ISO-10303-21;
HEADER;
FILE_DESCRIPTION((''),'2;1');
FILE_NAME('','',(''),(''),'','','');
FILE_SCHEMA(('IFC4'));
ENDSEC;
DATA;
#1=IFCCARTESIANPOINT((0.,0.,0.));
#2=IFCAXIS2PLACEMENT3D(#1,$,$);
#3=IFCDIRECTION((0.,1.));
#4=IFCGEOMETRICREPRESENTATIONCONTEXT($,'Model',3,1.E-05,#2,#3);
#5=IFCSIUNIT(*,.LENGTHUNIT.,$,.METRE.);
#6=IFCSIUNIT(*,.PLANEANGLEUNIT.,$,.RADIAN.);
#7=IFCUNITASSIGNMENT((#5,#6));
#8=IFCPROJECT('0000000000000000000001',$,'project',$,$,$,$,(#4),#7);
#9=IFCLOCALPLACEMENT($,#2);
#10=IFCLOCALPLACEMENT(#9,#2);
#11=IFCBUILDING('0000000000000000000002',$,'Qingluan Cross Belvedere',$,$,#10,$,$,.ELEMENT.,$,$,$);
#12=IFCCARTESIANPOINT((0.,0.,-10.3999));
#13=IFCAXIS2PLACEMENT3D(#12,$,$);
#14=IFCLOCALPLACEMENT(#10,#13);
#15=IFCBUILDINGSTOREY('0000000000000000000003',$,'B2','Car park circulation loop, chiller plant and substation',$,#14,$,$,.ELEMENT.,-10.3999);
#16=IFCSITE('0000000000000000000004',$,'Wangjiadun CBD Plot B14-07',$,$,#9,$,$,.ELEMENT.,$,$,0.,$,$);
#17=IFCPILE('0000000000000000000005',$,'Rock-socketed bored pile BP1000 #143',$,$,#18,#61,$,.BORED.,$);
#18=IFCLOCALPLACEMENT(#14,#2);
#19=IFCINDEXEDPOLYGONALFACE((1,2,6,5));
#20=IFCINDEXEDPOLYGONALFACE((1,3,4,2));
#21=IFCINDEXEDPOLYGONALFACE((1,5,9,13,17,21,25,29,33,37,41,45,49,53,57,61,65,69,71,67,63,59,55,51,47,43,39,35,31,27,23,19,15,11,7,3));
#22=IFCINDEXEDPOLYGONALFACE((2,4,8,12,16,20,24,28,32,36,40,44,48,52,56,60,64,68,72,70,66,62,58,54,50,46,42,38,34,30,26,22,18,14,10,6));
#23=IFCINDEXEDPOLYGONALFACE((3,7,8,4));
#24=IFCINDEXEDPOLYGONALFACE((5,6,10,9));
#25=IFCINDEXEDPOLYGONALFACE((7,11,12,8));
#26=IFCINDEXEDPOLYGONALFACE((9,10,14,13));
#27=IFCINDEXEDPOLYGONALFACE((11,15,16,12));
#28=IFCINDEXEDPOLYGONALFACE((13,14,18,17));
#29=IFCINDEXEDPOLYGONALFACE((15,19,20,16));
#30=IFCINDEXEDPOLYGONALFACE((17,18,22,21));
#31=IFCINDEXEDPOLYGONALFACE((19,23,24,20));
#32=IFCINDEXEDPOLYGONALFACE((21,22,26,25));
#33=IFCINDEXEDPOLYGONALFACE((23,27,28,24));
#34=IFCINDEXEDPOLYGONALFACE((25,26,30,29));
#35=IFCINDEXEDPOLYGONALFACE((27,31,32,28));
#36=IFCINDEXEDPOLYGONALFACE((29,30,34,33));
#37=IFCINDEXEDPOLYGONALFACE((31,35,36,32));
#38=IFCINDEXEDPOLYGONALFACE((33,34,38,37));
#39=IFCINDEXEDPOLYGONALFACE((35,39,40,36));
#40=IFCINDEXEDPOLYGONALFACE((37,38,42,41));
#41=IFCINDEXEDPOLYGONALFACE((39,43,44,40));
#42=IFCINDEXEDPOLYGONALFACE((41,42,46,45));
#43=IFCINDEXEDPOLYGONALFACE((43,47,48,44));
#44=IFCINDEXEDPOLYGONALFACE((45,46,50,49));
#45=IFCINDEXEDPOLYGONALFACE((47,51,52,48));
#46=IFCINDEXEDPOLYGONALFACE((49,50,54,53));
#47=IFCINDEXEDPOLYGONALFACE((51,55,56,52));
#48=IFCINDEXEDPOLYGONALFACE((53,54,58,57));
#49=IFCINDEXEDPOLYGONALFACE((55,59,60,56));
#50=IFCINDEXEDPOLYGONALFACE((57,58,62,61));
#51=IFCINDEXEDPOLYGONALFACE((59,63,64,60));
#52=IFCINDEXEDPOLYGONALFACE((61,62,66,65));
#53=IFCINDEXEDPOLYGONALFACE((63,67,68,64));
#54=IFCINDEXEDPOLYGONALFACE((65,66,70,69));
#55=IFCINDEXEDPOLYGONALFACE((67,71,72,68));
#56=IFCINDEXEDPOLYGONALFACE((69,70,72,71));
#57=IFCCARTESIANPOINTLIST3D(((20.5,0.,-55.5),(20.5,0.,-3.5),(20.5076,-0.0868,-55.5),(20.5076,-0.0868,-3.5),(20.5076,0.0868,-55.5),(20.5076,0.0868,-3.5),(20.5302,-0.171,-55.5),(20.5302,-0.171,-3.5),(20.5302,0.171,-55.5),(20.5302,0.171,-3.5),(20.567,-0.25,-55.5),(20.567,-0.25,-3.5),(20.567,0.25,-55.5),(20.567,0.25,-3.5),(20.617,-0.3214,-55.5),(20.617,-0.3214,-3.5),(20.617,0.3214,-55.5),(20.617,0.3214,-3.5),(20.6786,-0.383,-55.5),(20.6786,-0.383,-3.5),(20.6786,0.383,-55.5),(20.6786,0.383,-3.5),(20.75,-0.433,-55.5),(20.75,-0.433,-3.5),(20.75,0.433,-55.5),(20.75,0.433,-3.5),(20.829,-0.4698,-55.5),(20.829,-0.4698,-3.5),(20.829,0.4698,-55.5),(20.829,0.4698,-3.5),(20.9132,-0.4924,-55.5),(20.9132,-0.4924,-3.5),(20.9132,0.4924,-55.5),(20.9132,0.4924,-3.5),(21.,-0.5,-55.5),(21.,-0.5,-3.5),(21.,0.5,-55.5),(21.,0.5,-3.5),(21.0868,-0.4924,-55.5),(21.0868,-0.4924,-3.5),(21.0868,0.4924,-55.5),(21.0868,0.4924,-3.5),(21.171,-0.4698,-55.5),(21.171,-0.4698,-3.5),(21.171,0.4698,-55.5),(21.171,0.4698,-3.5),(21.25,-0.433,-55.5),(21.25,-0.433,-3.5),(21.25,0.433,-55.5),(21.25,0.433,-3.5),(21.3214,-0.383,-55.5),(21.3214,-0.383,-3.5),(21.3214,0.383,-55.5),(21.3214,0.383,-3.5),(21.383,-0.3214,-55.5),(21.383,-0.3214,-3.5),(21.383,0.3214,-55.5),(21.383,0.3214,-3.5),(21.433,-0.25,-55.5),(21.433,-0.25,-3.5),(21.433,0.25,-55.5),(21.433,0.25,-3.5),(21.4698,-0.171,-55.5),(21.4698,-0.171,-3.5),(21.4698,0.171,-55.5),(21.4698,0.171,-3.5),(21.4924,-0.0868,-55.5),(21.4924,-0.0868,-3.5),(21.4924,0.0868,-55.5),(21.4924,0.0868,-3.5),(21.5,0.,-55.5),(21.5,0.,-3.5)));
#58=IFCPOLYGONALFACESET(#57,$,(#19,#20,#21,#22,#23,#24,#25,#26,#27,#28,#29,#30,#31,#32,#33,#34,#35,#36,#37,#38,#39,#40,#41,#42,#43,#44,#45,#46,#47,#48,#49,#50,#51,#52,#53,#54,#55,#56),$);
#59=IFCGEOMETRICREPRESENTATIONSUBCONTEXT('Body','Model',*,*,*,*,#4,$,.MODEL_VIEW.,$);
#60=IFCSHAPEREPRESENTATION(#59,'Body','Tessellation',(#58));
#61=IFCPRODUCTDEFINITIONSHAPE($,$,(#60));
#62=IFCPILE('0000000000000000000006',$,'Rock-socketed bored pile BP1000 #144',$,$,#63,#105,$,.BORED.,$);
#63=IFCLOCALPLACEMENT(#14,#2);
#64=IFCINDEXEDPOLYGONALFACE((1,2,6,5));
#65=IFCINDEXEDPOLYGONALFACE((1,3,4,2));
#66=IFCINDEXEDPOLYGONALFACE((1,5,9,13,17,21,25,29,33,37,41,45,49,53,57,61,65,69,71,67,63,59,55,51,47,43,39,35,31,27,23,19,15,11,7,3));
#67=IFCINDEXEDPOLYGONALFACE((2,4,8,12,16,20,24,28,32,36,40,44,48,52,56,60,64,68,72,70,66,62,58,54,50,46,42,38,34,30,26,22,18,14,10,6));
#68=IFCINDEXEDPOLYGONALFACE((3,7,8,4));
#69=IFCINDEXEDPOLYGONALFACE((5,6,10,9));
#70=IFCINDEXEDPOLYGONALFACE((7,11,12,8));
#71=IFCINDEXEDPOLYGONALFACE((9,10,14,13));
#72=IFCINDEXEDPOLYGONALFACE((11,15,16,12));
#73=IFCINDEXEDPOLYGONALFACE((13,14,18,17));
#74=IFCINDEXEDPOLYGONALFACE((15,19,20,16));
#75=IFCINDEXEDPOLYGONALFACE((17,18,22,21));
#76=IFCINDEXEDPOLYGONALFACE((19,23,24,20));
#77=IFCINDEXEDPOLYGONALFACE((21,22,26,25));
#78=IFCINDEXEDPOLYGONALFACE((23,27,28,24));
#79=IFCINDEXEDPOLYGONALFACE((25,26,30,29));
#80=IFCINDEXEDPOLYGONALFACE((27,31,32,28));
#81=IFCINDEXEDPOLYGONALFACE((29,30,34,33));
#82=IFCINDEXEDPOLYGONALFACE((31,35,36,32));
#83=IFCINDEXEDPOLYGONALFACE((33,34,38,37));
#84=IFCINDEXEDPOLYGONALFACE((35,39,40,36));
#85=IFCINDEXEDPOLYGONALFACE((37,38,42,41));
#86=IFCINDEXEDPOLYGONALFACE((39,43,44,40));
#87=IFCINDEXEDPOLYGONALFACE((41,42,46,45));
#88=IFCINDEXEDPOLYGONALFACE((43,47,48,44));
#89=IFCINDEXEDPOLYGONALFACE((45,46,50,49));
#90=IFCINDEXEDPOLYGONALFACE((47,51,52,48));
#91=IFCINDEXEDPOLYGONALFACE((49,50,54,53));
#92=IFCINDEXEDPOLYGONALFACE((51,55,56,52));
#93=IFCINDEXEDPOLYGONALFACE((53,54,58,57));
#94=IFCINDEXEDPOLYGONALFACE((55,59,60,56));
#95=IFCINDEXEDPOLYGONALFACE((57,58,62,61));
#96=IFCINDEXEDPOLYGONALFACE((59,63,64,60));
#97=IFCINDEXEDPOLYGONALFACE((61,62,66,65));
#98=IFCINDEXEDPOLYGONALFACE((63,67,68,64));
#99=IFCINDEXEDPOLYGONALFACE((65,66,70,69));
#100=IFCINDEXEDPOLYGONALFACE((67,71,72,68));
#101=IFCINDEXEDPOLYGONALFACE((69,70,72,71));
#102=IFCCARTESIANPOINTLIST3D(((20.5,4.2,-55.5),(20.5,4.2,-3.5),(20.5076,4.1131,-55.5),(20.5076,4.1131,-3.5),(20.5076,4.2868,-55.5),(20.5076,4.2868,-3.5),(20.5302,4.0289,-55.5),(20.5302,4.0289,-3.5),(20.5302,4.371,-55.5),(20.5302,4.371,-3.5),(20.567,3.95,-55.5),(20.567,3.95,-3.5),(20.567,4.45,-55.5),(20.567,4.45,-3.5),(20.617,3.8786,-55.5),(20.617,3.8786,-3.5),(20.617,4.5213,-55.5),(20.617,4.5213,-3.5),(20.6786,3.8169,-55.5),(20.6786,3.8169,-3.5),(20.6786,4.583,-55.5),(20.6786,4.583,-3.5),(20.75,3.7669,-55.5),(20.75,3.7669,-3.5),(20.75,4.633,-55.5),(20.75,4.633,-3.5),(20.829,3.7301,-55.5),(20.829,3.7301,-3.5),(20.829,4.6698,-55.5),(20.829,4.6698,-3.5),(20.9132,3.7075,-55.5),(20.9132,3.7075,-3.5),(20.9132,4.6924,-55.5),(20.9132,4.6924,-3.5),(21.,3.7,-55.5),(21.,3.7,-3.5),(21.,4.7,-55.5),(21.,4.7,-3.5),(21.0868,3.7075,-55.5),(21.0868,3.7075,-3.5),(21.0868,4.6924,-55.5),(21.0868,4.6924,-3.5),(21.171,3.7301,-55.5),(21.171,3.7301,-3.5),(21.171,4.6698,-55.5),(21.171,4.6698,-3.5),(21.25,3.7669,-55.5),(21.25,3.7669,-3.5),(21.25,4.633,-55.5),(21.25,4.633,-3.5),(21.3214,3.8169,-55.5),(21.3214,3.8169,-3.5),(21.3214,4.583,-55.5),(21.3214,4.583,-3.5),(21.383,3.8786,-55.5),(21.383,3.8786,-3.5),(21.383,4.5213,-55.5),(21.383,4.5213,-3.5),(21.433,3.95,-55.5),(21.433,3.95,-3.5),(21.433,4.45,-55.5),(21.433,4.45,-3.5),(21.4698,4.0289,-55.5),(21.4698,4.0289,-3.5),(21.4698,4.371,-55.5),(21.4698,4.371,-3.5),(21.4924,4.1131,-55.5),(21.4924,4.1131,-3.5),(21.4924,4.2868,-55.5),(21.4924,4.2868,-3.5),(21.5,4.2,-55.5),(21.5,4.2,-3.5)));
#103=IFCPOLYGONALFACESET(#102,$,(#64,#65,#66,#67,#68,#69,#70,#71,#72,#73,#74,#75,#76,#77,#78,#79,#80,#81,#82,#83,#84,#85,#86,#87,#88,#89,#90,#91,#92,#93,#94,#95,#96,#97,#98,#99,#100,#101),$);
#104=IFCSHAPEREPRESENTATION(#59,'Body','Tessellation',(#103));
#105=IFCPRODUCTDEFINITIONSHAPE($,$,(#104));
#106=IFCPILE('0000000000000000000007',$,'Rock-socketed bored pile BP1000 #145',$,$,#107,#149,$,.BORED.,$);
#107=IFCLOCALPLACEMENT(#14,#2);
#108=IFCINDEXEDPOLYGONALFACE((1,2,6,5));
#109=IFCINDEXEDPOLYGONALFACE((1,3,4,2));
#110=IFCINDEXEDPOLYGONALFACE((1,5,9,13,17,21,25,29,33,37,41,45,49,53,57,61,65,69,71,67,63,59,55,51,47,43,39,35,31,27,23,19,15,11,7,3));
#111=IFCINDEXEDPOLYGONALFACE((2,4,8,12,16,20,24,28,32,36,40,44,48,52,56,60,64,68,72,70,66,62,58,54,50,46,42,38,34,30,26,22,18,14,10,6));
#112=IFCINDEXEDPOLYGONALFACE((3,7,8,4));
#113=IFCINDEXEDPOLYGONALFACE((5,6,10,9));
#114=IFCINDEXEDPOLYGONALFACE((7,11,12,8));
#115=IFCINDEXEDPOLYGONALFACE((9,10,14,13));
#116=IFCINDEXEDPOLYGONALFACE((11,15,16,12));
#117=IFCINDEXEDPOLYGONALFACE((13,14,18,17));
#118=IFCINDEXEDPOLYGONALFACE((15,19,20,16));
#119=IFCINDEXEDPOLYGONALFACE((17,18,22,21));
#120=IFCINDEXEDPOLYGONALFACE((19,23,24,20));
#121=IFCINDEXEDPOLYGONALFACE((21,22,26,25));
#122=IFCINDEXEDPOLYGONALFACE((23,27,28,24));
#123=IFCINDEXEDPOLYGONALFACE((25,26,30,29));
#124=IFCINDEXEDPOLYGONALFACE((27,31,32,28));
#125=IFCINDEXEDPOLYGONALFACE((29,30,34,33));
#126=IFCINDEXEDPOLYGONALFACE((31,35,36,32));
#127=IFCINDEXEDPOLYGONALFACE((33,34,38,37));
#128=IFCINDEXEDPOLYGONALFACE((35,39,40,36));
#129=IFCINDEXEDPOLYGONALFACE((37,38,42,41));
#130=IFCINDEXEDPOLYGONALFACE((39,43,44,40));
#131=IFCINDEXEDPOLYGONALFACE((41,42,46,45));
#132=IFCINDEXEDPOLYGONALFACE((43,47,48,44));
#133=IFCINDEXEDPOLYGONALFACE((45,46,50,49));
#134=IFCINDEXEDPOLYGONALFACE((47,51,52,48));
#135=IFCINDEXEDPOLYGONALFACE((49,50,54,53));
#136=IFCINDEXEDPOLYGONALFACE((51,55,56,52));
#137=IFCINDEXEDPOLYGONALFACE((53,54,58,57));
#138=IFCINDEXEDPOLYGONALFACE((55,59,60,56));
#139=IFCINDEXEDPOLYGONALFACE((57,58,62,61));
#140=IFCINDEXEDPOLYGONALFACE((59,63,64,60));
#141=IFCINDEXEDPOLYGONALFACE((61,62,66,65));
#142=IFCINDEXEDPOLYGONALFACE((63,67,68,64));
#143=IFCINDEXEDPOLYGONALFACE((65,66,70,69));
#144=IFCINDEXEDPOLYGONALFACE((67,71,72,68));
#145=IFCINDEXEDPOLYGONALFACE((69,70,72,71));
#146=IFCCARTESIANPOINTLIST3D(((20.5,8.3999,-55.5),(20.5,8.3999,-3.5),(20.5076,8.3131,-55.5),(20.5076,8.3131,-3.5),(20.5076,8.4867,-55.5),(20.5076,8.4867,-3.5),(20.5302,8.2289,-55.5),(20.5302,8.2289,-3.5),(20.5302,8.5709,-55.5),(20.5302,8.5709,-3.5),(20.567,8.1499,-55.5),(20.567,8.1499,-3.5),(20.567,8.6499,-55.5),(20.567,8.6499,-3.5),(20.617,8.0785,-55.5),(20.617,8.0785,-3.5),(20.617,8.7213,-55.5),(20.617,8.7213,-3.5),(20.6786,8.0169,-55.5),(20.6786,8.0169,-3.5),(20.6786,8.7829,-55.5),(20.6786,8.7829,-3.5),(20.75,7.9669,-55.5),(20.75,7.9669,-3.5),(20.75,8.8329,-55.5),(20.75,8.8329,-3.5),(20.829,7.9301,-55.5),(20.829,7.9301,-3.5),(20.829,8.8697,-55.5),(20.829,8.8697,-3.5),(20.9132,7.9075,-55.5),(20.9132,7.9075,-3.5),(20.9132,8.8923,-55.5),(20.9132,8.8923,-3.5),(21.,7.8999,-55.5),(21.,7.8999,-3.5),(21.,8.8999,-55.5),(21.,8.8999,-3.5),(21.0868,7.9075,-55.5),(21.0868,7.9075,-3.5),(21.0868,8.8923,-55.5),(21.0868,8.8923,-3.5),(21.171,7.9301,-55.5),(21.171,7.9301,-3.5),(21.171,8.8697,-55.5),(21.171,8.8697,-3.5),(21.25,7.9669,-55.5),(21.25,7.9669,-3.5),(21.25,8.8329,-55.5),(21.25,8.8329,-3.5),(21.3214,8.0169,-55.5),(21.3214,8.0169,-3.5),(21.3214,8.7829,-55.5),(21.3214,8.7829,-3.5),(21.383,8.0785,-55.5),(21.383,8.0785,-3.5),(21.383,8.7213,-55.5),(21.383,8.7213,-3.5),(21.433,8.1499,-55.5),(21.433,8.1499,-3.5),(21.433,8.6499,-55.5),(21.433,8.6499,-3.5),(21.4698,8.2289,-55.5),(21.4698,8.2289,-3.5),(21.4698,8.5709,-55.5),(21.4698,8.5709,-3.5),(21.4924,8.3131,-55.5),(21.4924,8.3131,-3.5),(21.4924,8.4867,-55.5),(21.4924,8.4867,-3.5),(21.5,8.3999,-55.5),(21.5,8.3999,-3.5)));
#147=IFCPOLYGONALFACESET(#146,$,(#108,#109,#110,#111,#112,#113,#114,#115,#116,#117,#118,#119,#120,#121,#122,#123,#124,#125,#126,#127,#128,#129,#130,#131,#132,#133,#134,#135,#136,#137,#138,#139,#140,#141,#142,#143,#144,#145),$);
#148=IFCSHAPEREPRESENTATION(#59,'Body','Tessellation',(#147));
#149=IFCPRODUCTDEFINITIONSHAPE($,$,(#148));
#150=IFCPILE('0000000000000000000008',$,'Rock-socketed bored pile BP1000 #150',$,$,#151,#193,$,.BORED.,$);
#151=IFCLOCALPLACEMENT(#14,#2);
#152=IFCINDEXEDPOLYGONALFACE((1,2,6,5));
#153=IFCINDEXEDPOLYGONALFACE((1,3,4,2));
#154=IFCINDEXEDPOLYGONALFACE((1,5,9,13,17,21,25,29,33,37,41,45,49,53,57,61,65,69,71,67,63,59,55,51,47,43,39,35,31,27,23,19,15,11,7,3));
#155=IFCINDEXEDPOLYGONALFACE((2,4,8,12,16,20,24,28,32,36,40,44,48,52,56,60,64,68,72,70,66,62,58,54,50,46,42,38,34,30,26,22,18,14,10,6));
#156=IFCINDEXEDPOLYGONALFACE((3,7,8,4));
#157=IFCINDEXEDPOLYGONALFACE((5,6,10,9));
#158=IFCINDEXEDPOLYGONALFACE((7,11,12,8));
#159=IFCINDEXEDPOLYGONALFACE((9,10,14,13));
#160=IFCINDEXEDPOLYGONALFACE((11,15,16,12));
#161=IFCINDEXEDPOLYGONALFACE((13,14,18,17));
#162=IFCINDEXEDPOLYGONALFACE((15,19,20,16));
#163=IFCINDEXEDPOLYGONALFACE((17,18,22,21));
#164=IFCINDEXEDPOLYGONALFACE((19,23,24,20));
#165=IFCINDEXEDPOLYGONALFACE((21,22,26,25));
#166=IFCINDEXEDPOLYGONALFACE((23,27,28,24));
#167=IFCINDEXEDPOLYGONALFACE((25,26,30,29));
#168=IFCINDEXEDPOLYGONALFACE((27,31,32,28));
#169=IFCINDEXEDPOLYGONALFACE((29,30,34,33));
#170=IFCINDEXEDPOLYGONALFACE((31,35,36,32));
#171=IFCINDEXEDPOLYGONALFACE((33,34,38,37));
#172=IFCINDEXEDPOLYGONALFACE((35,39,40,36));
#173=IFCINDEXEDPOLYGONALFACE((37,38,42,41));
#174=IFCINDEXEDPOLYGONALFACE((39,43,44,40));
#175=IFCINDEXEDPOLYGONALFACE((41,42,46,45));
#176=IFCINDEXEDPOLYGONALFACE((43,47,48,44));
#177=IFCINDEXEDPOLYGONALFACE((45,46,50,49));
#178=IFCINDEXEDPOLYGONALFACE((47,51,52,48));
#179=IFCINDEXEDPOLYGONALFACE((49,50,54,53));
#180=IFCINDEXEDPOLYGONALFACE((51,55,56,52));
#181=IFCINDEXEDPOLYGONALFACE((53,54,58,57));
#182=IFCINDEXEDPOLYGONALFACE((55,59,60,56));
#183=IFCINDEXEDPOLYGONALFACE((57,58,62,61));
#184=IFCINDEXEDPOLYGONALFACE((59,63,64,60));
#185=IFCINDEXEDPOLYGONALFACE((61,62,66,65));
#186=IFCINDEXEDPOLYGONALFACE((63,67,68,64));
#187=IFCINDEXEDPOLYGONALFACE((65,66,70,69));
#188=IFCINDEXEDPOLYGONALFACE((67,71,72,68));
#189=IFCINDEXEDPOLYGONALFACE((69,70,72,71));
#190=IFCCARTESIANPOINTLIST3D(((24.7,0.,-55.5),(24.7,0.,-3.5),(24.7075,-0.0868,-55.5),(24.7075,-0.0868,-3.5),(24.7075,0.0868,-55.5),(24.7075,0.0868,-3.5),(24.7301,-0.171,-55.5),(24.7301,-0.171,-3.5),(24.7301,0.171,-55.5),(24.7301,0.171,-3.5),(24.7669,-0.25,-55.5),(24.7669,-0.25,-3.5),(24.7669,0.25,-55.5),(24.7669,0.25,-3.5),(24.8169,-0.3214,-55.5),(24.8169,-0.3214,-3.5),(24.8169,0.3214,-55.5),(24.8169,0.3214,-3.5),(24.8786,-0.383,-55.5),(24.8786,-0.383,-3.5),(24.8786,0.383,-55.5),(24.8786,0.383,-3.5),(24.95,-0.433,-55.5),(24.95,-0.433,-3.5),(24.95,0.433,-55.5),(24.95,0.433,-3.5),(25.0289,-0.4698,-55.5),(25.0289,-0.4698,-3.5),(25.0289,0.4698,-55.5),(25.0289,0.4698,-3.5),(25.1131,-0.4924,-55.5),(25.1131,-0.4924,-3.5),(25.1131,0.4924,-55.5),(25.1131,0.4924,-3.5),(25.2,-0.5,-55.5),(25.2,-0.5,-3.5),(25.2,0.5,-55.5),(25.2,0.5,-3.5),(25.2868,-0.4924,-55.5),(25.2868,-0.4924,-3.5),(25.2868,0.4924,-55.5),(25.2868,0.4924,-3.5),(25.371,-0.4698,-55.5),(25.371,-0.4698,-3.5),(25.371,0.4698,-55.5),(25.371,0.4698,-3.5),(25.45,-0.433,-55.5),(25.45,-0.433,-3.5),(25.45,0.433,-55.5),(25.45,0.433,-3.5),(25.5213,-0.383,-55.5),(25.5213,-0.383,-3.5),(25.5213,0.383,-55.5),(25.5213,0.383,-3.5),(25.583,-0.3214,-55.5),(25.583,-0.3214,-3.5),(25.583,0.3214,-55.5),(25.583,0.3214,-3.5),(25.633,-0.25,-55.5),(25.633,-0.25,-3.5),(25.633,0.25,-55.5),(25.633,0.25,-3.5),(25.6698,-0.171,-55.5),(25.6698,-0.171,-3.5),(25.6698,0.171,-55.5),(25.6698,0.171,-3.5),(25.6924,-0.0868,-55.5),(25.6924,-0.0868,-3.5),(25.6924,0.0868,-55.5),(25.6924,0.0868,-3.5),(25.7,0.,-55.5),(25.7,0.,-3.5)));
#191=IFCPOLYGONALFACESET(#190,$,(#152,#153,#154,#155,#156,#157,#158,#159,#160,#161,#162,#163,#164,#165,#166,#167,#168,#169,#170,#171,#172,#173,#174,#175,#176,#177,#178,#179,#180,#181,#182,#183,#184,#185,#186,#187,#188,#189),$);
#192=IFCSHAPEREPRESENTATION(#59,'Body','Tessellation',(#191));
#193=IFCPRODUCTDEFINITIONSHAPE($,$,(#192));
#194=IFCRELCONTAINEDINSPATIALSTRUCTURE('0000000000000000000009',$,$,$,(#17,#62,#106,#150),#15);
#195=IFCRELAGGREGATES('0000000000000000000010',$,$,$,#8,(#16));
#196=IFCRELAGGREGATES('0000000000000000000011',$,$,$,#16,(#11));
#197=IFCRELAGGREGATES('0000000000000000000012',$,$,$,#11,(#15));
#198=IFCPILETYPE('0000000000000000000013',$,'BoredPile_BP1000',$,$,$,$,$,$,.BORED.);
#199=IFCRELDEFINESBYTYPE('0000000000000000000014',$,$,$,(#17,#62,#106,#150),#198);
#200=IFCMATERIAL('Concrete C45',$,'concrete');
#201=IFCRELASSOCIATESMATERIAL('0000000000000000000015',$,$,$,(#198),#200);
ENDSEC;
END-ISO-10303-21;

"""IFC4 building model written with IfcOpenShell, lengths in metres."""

from ifc_helpers import new_model, si_unit, direction, frame, origin, origin_2d, place, context, subcontext, project, spatial, circle, extrude, material, material_profile, profile_set, type_object, element, save


model = new_model("IFC4")

# Units and contexts
model_context = context("Model", 3, precision=1e-05, world=origin(), true_north=direction((0.0, 1.0)))
body_context = subcontext(model_context, "Body", "Model", "MODEL_VIEW")
ifc_project = project(units=[si_unit("LENGTHUNIT", "METRE"), si_unit("PLANEANGLEUNIT", "RADIAN")], contexts=[model_context])

# Site, building, storey
site_placement = place(None, origin())
site = spatial("IfcSite", under=ifc_project, at=site_placement, Name="Wangjiadun CBD Plot B14-07", CompositionType="ELEMENT", RefElevation=0.0)
building_placement = place(site_placement, origin())
building = spatial("IfcBuilding", under=site, at=building_placement, Name="Qingluan Cross Belvedere", CompositionType="ELEMENT")
storey_placement = place(building_placement, frame((0.0, 0.0, -10.3999)))
storey = spatial("IfcBuildingStorey", under=building, at=storey_placement, Name="B2", Description="Car park circulation loop, chiller plant and substation", CompositionType="ELEMENT", Elevation=-10.3999)

# Piles
ifc_material_1 = material(Name="Concrete C45", Category="concrete")
ifc_material_profile_1 = material_profile(ifc_material_1, circle(Radius=0.5, at=origin_2d()), Name="BP1000")
ifc_profile_set_1 = profile_set([ifc_material_profile_1], Name="Concrete C45")
pile_type_1 = type_object("IfcPileType", Name="BoredPile_BP1000", PredefinedType="BORED", material=ifc_profile_set_1)
for number, where, z_axis, x_axis, name in (
    (1, (21.0, 0.0, -3.5), (0.0, 0.0, -1.0), (1.0, 0.0, 0.0), "Rock-socketed bored pile BP1000 #143"),
    (2, (21.0, 4.2, -3.5), (0.0, 0.0, -1.0), (1.0, 0.0, 0.0), "Rock-socketed bored pile BP1000 #144"),
    (3, (21.0, 8.3999, -3.5), (0.0, 0.0, -1.0), (1.0, 0.0, 0.0), "Rock-socketed bored pile BP1000 #145"),
    (4, (25.2, 0.0, -3.5), (0.0, 0.0, -1.0), (1.0, 0.0, 0.0), "Rock-socketed bored pile BP1000 #150"),
):
    element("IfcPile", number, at=place(storey_placement, frame(where, z_axis=z_axis, x_axis=x_axis)), inside=storey, type_object=pile_type_1, Name=name, PredefinedType="BORED", context=body_context, shape_type="SweptSolid", body=[
        extrude(circle(Radius=0.5, at=origin_2d()), origin(), (0.0, 0.0, 1.0), 52.0),
    ])

save(model, "model.ifc")
